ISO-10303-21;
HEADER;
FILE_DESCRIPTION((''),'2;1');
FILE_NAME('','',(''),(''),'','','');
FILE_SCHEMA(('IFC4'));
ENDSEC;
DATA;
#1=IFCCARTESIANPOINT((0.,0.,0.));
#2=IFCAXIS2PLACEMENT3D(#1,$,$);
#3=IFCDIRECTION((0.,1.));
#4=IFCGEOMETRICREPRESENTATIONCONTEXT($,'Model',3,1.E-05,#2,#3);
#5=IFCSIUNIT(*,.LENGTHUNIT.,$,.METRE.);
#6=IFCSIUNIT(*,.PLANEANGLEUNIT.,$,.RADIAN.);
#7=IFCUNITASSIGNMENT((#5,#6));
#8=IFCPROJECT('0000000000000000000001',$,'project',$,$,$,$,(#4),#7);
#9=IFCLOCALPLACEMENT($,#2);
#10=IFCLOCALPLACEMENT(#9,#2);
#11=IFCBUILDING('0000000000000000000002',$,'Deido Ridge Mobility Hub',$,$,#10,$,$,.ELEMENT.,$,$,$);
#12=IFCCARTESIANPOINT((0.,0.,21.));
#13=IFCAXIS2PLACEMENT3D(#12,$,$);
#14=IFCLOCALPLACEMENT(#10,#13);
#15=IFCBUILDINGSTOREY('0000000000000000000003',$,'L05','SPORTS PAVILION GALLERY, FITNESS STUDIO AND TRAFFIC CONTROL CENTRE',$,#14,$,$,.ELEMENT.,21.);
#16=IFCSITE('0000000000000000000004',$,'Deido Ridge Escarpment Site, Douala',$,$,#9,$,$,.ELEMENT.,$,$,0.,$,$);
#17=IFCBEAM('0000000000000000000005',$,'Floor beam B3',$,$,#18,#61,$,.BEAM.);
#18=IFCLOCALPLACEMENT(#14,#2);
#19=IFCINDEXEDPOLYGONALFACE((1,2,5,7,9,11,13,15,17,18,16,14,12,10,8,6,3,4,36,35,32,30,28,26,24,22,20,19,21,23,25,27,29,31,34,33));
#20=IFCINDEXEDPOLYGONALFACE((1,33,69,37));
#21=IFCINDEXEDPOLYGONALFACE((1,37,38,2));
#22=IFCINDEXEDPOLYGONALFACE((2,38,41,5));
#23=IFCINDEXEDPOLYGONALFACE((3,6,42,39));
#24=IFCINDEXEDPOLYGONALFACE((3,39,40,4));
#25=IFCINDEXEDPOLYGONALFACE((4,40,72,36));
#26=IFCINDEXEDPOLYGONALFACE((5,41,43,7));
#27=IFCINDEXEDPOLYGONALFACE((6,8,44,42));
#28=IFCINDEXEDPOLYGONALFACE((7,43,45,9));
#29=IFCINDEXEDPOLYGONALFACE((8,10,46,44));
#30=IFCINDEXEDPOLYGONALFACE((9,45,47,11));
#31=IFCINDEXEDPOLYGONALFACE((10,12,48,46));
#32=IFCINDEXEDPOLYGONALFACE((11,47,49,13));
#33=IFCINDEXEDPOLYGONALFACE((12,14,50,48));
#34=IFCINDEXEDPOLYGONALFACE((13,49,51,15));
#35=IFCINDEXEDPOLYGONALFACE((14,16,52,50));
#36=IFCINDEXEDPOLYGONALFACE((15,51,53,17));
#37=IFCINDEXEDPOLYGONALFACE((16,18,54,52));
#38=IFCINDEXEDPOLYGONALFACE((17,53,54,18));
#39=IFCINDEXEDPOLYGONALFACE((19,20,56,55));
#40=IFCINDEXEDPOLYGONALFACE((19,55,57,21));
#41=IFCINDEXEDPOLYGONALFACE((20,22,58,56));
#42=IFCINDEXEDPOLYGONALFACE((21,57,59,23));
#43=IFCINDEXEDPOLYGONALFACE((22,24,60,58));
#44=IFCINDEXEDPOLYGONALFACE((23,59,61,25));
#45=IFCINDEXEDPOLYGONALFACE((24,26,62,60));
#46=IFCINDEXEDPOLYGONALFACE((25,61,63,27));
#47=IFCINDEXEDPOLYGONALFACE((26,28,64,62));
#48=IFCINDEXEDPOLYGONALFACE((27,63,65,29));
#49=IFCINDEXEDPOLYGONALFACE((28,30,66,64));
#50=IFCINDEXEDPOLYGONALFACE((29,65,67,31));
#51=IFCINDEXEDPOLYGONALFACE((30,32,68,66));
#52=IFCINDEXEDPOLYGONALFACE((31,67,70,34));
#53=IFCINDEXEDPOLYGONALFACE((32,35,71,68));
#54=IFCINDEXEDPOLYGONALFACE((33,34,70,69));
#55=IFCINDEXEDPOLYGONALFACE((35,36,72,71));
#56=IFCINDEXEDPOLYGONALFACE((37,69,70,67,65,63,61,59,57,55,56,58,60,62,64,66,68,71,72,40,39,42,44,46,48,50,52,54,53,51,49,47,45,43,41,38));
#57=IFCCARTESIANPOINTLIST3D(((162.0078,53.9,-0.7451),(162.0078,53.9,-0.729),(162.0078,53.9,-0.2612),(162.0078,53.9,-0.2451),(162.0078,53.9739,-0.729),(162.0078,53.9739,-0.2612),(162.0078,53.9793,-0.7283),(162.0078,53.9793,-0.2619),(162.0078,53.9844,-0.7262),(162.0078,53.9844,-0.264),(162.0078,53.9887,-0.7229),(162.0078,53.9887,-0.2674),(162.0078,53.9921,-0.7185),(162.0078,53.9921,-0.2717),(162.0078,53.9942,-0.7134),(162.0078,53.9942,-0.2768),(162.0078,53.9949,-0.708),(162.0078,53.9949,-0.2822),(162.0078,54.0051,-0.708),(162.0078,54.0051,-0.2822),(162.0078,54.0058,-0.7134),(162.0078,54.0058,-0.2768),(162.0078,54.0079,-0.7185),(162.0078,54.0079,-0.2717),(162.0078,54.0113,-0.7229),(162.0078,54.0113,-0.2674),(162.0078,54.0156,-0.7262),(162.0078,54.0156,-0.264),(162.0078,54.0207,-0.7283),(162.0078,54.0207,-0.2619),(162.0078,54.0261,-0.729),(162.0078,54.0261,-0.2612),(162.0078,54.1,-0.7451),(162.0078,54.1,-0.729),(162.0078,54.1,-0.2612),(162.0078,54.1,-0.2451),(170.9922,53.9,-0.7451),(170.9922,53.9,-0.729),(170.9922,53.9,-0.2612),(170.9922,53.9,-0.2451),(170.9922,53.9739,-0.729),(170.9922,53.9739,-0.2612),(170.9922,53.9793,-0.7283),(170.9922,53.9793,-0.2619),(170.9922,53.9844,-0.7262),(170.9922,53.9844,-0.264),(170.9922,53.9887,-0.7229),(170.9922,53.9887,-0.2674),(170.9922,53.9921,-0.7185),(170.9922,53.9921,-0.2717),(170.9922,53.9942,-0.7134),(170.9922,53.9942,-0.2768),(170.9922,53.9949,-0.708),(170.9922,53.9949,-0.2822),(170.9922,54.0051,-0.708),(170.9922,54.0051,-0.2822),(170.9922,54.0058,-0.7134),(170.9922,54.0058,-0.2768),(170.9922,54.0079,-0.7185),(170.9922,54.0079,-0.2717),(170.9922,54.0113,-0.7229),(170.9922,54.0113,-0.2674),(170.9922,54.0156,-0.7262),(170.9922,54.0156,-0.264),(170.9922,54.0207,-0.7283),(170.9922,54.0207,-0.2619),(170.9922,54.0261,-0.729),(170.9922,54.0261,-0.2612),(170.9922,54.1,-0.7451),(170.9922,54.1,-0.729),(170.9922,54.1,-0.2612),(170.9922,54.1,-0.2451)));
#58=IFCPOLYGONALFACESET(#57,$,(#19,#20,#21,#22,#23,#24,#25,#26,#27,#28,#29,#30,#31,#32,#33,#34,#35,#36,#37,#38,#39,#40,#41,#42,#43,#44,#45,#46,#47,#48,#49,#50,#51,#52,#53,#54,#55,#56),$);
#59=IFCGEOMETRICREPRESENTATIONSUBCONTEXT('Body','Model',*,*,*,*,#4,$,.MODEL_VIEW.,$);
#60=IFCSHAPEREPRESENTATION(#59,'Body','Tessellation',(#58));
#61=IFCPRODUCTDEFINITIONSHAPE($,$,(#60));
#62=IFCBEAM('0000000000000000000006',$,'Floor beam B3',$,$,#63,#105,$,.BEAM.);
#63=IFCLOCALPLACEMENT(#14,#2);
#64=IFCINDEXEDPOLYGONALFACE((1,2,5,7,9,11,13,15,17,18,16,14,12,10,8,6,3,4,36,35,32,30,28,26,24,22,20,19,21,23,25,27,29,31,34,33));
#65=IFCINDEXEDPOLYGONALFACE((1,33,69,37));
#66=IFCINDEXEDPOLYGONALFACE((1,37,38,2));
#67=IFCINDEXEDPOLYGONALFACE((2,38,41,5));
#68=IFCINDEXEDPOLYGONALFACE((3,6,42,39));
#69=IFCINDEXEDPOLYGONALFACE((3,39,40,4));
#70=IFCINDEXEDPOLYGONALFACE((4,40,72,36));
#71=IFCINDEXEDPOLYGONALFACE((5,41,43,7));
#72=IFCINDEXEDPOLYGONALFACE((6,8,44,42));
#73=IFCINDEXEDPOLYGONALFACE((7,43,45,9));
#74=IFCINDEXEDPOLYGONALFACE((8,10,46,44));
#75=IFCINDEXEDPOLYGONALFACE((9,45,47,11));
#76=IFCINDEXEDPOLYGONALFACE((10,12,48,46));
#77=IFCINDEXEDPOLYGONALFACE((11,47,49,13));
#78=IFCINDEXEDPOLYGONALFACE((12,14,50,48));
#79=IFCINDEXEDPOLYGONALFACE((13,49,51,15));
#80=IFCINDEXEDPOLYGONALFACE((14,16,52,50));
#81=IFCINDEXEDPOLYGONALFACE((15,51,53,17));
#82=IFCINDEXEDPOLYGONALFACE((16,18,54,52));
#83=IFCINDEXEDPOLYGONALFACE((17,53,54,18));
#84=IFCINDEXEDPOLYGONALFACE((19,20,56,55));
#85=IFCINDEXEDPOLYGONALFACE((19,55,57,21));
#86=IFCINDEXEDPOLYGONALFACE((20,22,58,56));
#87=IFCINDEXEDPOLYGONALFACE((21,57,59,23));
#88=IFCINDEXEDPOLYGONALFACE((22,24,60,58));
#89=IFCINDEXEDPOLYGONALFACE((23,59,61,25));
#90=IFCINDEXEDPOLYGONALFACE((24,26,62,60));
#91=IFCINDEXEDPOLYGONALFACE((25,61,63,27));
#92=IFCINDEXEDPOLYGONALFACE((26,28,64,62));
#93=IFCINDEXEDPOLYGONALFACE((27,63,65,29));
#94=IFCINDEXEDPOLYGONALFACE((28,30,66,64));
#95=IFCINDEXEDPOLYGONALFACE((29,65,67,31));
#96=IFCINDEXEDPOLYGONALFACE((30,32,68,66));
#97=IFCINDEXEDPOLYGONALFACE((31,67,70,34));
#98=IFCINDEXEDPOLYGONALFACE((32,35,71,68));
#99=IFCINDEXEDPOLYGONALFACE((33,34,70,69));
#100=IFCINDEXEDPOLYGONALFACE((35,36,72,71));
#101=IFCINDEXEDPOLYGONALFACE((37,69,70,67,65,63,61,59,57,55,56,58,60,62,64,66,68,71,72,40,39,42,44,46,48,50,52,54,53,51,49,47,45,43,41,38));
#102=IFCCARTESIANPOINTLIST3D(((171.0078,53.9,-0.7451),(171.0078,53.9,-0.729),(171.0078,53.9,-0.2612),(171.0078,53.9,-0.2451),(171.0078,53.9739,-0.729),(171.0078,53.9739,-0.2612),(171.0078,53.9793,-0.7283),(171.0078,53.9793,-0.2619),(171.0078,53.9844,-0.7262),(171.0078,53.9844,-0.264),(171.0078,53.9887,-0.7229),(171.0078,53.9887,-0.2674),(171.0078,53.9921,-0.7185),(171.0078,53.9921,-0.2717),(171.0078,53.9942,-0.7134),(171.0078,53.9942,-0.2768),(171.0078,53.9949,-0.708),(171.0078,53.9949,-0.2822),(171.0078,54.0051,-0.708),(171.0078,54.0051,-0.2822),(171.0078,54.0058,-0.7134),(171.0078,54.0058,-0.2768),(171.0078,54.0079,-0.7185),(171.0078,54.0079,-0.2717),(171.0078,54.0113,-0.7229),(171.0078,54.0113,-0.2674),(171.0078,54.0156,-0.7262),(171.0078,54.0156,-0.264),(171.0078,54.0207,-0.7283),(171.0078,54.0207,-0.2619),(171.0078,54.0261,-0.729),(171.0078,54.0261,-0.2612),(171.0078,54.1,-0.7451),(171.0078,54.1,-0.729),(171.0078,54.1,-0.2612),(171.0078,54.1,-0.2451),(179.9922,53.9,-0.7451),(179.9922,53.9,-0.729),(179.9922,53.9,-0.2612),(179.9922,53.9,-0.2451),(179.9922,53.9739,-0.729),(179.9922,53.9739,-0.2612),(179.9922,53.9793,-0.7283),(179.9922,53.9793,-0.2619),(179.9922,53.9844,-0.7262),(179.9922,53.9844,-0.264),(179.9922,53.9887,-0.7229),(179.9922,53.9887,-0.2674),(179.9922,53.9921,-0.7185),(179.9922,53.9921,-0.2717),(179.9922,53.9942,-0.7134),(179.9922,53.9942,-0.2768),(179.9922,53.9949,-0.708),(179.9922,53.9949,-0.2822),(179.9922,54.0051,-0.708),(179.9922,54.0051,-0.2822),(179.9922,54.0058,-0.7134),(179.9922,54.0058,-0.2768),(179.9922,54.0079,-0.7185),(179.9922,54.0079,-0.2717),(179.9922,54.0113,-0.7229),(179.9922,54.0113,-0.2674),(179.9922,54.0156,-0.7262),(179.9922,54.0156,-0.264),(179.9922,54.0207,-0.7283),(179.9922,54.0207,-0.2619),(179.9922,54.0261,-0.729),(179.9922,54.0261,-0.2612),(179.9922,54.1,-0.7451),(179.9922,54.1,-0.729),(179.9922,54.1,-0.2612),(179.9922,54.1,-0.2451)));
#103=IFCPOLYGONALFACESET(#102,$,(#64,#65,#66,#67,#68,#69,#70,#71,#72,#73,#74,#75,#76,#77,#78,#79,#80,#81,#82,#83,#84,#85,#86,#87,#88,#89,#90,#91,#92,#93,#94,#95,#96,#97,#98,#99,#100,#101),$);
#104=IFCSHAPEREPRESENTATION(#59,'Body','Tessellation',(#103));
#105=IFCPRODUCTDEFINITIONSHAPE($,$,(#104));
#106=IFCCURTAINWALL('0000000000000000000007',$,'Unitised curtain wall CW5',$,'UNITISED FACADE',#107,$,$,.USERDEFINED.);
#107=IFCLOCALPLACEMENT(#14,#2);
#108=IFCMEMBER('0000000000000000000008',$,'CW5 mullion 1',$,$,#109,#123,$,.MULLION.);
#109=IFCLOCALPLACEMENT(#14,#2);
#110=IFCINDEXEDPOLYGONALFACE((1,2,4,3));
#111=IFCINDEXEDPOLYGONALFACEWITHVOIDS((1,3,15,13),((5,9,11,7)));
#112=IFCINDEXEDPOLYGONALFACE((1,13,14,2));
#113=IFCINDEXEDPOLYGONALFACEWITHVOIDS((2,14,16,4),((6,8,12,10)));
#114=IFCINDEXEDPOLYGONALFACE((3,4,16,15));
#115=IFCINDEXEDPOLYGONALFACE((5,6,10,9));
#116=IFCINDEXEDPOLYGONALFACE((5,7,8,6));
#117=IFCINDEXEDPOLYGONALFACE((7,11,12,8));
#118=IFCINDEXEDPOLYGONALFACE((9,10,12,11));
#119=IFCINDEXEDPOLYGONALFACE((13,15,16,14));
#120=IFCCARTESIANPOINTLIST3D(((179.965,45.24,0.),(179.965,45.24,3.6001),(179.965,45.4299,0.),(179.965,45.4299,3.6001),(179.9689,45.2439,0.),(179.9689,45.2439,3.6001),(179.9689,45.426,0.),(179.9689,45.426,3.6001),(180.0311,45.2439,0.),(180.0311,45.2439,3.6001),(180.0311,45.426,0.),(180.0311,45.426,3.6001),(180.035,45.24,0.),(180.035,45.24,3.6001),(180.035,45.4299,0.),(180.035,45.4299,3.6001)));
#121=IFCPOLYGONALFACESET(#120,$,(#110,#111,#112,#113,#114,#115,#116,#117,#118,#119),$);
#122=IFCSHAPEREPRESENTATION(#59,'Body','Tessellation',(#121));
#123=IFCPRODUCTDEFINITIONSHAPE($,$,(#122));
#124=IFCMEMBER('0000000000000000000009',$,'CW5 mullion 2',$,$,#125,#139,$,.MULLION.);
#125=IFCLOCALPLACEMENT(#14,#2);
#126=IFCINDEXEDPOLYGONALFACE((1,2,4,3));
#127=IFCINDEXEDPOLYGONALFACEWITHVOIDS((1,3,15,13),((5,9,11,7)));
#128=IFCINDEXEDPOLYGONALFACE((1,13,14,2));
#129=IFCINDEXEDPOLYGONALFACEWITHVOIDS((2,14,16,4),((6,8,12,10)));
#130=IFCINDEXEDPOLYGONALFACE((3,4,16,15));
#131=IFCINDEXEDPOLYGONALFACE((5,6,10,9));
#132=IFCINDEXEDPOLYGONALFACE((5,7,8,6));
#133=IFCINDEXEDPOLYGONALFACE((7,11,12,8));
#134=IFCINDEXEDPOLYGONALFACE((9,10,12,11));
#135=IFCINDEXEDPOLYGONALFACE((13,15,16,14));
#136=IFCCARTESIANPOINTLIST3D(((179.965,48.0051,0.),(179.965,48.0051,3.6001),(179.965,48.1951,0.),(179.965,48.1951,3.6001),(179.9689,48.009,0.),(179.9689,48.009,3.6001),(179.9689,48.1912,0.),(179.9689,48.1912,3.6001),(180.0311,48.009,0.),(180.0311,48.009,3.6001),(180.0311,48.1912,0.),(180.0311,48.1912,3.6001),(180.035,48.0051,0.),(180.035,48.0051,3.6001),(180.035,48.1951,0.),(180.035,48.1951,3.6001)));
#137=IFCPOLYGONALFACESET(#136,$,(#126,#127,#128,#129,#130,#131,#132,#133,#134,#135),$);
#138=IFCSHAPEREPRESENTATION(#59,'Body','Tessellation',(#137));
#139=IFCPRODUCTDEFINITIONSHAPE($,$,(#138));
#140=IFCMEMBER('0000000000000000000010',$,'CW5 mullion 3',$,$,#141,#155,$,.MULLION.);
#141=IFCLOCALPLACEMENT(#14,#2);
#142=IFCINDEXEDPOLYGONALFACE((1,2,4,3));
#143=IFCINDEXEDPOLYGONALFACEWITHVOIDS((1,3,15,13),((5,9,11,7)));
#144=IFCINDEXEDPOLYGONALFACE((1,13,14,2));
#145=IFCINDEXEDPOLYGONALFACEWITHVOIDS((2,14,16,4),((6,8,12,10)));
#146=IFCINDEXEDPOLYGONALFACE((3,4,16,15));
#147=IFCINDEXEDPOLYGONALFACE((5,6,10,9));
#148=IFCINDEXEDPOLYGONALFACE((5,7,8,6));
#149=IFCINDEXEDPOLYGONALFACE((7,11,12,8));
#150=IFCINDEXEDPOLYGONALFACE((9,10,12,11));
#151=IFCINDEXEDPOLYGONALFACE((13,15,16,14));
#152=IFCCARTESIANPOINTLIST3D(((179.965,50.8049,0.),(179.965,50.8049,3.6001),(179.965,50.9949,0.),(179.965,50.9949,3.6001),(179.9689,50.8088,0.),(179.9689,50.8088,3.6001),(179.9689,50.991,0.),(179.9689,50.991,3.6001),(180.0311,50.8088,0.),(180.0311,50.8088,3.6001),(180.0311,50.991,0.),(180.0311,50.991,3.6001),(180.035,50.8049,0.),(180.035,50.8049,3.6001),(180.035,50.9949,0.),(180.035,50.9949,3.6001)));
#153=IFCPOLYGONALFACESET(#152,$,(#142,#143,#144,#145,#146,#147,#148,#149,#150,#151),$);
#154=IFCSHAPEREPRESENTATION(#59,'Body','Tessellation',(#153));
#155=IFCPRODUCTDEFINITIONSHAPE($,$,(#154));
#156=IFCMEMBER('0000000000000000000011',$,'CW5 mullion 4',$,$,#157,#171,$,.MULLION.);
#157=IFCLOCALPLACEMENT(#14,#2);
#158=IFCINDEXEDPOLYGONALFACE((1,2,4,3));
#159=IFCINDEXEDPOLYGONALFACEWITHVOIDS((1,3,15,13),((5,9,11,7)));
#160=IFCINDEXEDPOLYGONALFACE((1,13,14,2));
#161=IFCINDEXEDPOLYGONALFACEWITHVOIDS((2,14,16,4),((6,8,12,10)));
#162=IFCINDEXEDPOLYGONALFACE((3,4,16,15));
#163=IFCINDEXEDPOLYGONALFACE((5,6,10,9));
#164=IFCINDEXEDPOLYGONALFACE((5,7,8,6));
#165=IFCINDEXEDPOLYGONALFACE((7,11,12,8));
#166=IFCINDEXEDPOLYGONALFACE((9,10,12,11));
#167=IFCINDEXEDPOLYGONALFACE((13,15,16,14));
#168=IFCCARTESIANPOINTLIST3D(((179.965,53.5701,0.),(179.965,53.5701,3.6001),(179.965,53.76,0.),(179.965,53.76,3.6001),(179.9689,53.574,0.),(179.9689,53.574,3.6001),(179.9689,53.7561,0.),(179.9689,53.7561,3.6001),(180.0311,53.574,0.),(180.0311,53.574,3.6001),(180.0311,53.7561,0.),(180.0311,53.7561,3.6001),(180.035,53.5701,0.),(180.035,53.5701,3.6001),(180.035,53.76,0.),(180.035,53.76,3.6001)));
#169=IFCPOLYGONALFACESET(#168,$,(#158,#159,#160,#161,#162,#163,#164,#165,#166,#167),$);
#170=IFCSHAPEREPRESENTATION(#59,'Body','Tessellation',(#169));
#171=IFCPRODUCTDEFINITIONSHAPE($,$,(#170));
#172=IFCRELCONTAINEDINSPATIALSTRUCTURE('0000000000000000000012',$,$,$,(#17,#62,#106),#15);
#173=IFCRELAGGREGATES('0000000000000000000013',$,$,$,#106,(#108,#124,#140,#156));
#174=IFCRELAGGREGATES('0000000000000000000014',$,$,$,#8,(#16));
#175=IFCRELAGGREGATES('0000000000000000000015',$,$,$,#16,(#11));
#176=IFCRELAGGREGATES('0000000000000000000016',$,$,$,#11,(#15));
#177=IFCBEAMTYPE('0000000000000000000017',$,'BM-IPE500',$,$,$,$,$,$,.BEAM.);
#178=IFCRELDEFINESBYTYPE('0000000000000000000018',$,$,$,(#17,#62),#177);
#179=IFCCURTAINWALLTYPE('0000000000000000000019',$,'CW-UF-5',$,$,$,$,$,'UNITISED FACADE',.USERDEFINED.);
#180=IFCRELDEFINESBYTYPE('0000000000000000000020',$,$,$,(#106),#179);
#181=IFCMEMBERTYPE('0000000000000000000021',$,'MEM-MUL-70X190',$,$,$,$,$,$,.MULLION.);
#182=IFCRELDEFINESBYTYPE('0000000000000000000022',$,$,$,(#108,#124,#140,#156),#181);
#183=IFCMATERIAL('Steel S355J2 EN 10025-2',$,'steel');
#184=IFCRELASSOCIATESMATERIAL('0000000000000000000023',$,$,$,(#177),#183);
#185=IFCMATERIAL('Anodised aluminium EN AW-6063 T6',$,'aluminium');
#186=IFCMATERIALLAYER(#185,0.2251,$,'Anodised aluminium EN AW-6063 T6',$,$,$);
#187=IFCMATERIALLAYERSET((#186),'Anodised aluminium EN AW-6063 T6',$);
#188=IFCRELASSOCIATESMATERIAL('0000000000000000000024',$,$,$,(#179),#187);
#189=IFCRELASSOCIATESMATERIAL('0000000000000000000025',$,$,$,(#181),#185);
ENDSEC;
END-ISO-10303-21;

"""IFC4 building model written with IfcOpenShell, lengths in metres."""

from ifc_helpers import new_model, si_unit, direction, frame, origin, origin_2d, place, context, subcontext, project, spatial, hollow_rectangle, i_section, extrude, material, layer, layer_set, material_profile, profile_set, type_object, element, aggregate, save


model = new_model("IFC4")

# Units and contexts
model_context = context("Model", 3, precision=1e-05, world=origin(), true_north=direction((0.0, 1.0)))
body_context = subcontext(model_context, "Body", "Model", "MODEL_VIEW")
ifc_project = project(units=[si_unit("LENGTHUNIT", "METRE"), si_unit("PLANEANGLEUNIT", "RADIAN")], contexts=[model_context])

# Site, building, storey
site_placement = place(None, origin())
site = spatial("IfcSite", under=ifc_project, at=site_placement, Name="Deido Ridge Escarpment Site, Douala", CompositionType="ELEMENT", RefElevation=0.0)
building_placement = place(site_placement, origin())
building = spatial("IfcBuilding", under=site, at=building_placement, Name="Deido Ridge Mobility Hub", CompositionType="ELEMENT")
storey_placement = place(building_placement, frame((0.0, 0.0, 21.0)))
storey = spatial("IfcBuildingStorey", under=building, at=storey_placement, Name="L05", Description="SPORTS PAVILION GALLERY, FITNESS STUDIO AND TRAFFIC CONTROL CENTRE", CompositionType="ELEMENT", Elevation=21.0)

# Shared definitions
ifc_material_1 = material(Name="Steel S355J2 EN 10025-2", Category="steel")

# Beams
ifc_material_profile_1 = material_profile(ifc_material_1, i_section(OverallWidth=0.2, OverallDepth=0.5, WebThickness=0.0103, FlangeThickness=0.0161, FilletRadius=0.021, at=origin_2d()), Name="IPE 500")
ifc_profile_set_1 = profile_set([ifc_material_profile_1], Name="Steel S355J2 EN 10025-2")
beam_type_1 = type_object("IfcBeamType", Name="BM-IPE500", PredefinedType="BEAM", material=ifc_profile_set_1)
for number, where, z_axis, x_axis, name in (
    (1, (162.0078, 54.0, -0.4951), (1.0, 0.0, 0.0), (0.0, 1.0, 0.0), "Floor beam B3"),
    (2, (171.0078, 54.0, -0.4951), (1.0, 0.0, 0.0), (0.0, 1.0, 0.0), "Floor beam B3"),
):
    element("IfcBeam", number, at=place(storey_placement, frame(where, z_axis=z_axis, x_axis=x_axis)), inside=storey, type_object=beam_type_1, Name=name, PredefinedType="BEAM", context=body_context, shape_type="SweptSolid", body=[
        extrude(i_section(OverallWidth=0.2, OverallDepth=0.5, WebThickness=0.0103, FlangeThickness=0.0161, FilletRadius=0.021, at=origin_2d()), origin(), (0.0, 0.0, 1.0), 8.9844),
    ])

# Curtain wall, members
ifc_material_2 = material(Name="Anodised aluminium EN AW-6063 T6", Category="aluminium")
ifc_layer_1 = layer(ifc_material_2, 0.2251, Name="Anodised aluminium EN AW-6063 T6")
ifc_layer_set_1 = layer_set([ifc_layer_1], Name="Anodised aluminium EN AW-6063 T6")
curtain_wall_type = type_object("IfcCurtainWallType", Name="CW-UF-5", ElementType="UNITISED FACADE", PredefinedType="USERDEFINED", material=ifc_layer_set_1)
curtain_wall_placement = place(storey_placement, origin())
curtain_wall = element("IfcCurtainWall", 3, at=curtain_wall_placement, inside=storey, type_object=curtain_wall_type, Name="Unitised curtain wall CW5", ObjectType="UNITISED FACADE", PredefinedType="USERDEFINED")
ifc_material_profile_2 = material_profile(ifc_material_2, hollow_rectangle(XDim=0.0701, YDim=0.1899, WallThickness=0.0039, at=origin_2d()), Name="RHS 70x190x4")
ifc_profile_set_2 = profile_set([ifc_material_profile_2], Name="Anodised aluminium EN AW-6063 T6")
member_type_1 = type_object("IfcMemberType", Name="MEM-MUL-70X190", PredefinedType="MULLION", material=ifc_profile_set_2)
member_1_placement = place(storey_placement, frame((180.0, 45.335, 0.0), z_axis=(0.0, 0.0, 1.0), x_axis=(-1.0, 0.0, 0.0)))
member_1 = element("IfcMember", 4, at=member_1_placement, type_object=member_type_1, Name="CW5 mullion 1", PredefinedType="MULLION", context=body_context, shape_type="SweptSolid", body=[
    extrude(hollow_rectangle(XDim=0.0701, YDim=0.1899, WallThickness=0.0039, at=origin_2d()), origin(), (0.0, 0.0, 1.0), 3.6001),
])
member_2_placement = place(storey_placement, frame((180.0, 48.1001, 0.0), z_axis=(0.0, 0.0, 1.0), x_axis=(-1.0, 0.0, 0.0)))
member_2 = element("IfcMember", 5, at=member_2_placement, type_object=member_type_1, Name="CW5 mullion 2", PredefinedType="MULLION", context=body_context, shape_type="SweptSolid", body=[
    extrude(hollow_rectangle(XDim=0.0701, YDim=0.1899, WallThickness=0.0039, at=origin_2d()), origin(), (0.0, 0.0, 1.0), 3.6001),
])
member_3_placement = place(storey_placement, frame((180.0, 50.8999, 0.0), z_axis=(0.0, 0.0, 1.0), x_axis=(-1.0, 0.0, 0.0)))
member_3 = element("IfcMember", 6, at=member_3_placement, type_object=member_type_1, Name="CW5 mullion 3", PredefinedType="MULLION", context=body_context, shape_type="SweptSolid", body=[
    extrude(hollow_rectangle(XDim=0.0701, YDim=0.1899, WallThickness=0.0039, at=origin_2d()), origin(), (0.0, 0.0, 1.0), 3.6001),
])
member_4_placement = place(storey_placement, frame((180.0, 53.665, 0.0), z_axis=(0.0, 0.0, 1.0), x_axis=(-1.0, 0.0, 0.0)))
member_4 = element("IfcMember", 7, at=member_4_placement, type_object=member_type_1, Name="CW5 mullion 4", PredefinedType="MULLION", context=body_context, shape_type="SweptSolid", body=[
    extrude(hollow_rectangle(XDim=0.0701, YDim=0.1899, WallThickness=0.0039, at=origin_2d()), origin(), (0.0, 0.0, 1.0), 3.6001),
])

aggregate(curtain_wall, [member_1, member_2, member_3, member_4])

save(model, "model.ifc")
